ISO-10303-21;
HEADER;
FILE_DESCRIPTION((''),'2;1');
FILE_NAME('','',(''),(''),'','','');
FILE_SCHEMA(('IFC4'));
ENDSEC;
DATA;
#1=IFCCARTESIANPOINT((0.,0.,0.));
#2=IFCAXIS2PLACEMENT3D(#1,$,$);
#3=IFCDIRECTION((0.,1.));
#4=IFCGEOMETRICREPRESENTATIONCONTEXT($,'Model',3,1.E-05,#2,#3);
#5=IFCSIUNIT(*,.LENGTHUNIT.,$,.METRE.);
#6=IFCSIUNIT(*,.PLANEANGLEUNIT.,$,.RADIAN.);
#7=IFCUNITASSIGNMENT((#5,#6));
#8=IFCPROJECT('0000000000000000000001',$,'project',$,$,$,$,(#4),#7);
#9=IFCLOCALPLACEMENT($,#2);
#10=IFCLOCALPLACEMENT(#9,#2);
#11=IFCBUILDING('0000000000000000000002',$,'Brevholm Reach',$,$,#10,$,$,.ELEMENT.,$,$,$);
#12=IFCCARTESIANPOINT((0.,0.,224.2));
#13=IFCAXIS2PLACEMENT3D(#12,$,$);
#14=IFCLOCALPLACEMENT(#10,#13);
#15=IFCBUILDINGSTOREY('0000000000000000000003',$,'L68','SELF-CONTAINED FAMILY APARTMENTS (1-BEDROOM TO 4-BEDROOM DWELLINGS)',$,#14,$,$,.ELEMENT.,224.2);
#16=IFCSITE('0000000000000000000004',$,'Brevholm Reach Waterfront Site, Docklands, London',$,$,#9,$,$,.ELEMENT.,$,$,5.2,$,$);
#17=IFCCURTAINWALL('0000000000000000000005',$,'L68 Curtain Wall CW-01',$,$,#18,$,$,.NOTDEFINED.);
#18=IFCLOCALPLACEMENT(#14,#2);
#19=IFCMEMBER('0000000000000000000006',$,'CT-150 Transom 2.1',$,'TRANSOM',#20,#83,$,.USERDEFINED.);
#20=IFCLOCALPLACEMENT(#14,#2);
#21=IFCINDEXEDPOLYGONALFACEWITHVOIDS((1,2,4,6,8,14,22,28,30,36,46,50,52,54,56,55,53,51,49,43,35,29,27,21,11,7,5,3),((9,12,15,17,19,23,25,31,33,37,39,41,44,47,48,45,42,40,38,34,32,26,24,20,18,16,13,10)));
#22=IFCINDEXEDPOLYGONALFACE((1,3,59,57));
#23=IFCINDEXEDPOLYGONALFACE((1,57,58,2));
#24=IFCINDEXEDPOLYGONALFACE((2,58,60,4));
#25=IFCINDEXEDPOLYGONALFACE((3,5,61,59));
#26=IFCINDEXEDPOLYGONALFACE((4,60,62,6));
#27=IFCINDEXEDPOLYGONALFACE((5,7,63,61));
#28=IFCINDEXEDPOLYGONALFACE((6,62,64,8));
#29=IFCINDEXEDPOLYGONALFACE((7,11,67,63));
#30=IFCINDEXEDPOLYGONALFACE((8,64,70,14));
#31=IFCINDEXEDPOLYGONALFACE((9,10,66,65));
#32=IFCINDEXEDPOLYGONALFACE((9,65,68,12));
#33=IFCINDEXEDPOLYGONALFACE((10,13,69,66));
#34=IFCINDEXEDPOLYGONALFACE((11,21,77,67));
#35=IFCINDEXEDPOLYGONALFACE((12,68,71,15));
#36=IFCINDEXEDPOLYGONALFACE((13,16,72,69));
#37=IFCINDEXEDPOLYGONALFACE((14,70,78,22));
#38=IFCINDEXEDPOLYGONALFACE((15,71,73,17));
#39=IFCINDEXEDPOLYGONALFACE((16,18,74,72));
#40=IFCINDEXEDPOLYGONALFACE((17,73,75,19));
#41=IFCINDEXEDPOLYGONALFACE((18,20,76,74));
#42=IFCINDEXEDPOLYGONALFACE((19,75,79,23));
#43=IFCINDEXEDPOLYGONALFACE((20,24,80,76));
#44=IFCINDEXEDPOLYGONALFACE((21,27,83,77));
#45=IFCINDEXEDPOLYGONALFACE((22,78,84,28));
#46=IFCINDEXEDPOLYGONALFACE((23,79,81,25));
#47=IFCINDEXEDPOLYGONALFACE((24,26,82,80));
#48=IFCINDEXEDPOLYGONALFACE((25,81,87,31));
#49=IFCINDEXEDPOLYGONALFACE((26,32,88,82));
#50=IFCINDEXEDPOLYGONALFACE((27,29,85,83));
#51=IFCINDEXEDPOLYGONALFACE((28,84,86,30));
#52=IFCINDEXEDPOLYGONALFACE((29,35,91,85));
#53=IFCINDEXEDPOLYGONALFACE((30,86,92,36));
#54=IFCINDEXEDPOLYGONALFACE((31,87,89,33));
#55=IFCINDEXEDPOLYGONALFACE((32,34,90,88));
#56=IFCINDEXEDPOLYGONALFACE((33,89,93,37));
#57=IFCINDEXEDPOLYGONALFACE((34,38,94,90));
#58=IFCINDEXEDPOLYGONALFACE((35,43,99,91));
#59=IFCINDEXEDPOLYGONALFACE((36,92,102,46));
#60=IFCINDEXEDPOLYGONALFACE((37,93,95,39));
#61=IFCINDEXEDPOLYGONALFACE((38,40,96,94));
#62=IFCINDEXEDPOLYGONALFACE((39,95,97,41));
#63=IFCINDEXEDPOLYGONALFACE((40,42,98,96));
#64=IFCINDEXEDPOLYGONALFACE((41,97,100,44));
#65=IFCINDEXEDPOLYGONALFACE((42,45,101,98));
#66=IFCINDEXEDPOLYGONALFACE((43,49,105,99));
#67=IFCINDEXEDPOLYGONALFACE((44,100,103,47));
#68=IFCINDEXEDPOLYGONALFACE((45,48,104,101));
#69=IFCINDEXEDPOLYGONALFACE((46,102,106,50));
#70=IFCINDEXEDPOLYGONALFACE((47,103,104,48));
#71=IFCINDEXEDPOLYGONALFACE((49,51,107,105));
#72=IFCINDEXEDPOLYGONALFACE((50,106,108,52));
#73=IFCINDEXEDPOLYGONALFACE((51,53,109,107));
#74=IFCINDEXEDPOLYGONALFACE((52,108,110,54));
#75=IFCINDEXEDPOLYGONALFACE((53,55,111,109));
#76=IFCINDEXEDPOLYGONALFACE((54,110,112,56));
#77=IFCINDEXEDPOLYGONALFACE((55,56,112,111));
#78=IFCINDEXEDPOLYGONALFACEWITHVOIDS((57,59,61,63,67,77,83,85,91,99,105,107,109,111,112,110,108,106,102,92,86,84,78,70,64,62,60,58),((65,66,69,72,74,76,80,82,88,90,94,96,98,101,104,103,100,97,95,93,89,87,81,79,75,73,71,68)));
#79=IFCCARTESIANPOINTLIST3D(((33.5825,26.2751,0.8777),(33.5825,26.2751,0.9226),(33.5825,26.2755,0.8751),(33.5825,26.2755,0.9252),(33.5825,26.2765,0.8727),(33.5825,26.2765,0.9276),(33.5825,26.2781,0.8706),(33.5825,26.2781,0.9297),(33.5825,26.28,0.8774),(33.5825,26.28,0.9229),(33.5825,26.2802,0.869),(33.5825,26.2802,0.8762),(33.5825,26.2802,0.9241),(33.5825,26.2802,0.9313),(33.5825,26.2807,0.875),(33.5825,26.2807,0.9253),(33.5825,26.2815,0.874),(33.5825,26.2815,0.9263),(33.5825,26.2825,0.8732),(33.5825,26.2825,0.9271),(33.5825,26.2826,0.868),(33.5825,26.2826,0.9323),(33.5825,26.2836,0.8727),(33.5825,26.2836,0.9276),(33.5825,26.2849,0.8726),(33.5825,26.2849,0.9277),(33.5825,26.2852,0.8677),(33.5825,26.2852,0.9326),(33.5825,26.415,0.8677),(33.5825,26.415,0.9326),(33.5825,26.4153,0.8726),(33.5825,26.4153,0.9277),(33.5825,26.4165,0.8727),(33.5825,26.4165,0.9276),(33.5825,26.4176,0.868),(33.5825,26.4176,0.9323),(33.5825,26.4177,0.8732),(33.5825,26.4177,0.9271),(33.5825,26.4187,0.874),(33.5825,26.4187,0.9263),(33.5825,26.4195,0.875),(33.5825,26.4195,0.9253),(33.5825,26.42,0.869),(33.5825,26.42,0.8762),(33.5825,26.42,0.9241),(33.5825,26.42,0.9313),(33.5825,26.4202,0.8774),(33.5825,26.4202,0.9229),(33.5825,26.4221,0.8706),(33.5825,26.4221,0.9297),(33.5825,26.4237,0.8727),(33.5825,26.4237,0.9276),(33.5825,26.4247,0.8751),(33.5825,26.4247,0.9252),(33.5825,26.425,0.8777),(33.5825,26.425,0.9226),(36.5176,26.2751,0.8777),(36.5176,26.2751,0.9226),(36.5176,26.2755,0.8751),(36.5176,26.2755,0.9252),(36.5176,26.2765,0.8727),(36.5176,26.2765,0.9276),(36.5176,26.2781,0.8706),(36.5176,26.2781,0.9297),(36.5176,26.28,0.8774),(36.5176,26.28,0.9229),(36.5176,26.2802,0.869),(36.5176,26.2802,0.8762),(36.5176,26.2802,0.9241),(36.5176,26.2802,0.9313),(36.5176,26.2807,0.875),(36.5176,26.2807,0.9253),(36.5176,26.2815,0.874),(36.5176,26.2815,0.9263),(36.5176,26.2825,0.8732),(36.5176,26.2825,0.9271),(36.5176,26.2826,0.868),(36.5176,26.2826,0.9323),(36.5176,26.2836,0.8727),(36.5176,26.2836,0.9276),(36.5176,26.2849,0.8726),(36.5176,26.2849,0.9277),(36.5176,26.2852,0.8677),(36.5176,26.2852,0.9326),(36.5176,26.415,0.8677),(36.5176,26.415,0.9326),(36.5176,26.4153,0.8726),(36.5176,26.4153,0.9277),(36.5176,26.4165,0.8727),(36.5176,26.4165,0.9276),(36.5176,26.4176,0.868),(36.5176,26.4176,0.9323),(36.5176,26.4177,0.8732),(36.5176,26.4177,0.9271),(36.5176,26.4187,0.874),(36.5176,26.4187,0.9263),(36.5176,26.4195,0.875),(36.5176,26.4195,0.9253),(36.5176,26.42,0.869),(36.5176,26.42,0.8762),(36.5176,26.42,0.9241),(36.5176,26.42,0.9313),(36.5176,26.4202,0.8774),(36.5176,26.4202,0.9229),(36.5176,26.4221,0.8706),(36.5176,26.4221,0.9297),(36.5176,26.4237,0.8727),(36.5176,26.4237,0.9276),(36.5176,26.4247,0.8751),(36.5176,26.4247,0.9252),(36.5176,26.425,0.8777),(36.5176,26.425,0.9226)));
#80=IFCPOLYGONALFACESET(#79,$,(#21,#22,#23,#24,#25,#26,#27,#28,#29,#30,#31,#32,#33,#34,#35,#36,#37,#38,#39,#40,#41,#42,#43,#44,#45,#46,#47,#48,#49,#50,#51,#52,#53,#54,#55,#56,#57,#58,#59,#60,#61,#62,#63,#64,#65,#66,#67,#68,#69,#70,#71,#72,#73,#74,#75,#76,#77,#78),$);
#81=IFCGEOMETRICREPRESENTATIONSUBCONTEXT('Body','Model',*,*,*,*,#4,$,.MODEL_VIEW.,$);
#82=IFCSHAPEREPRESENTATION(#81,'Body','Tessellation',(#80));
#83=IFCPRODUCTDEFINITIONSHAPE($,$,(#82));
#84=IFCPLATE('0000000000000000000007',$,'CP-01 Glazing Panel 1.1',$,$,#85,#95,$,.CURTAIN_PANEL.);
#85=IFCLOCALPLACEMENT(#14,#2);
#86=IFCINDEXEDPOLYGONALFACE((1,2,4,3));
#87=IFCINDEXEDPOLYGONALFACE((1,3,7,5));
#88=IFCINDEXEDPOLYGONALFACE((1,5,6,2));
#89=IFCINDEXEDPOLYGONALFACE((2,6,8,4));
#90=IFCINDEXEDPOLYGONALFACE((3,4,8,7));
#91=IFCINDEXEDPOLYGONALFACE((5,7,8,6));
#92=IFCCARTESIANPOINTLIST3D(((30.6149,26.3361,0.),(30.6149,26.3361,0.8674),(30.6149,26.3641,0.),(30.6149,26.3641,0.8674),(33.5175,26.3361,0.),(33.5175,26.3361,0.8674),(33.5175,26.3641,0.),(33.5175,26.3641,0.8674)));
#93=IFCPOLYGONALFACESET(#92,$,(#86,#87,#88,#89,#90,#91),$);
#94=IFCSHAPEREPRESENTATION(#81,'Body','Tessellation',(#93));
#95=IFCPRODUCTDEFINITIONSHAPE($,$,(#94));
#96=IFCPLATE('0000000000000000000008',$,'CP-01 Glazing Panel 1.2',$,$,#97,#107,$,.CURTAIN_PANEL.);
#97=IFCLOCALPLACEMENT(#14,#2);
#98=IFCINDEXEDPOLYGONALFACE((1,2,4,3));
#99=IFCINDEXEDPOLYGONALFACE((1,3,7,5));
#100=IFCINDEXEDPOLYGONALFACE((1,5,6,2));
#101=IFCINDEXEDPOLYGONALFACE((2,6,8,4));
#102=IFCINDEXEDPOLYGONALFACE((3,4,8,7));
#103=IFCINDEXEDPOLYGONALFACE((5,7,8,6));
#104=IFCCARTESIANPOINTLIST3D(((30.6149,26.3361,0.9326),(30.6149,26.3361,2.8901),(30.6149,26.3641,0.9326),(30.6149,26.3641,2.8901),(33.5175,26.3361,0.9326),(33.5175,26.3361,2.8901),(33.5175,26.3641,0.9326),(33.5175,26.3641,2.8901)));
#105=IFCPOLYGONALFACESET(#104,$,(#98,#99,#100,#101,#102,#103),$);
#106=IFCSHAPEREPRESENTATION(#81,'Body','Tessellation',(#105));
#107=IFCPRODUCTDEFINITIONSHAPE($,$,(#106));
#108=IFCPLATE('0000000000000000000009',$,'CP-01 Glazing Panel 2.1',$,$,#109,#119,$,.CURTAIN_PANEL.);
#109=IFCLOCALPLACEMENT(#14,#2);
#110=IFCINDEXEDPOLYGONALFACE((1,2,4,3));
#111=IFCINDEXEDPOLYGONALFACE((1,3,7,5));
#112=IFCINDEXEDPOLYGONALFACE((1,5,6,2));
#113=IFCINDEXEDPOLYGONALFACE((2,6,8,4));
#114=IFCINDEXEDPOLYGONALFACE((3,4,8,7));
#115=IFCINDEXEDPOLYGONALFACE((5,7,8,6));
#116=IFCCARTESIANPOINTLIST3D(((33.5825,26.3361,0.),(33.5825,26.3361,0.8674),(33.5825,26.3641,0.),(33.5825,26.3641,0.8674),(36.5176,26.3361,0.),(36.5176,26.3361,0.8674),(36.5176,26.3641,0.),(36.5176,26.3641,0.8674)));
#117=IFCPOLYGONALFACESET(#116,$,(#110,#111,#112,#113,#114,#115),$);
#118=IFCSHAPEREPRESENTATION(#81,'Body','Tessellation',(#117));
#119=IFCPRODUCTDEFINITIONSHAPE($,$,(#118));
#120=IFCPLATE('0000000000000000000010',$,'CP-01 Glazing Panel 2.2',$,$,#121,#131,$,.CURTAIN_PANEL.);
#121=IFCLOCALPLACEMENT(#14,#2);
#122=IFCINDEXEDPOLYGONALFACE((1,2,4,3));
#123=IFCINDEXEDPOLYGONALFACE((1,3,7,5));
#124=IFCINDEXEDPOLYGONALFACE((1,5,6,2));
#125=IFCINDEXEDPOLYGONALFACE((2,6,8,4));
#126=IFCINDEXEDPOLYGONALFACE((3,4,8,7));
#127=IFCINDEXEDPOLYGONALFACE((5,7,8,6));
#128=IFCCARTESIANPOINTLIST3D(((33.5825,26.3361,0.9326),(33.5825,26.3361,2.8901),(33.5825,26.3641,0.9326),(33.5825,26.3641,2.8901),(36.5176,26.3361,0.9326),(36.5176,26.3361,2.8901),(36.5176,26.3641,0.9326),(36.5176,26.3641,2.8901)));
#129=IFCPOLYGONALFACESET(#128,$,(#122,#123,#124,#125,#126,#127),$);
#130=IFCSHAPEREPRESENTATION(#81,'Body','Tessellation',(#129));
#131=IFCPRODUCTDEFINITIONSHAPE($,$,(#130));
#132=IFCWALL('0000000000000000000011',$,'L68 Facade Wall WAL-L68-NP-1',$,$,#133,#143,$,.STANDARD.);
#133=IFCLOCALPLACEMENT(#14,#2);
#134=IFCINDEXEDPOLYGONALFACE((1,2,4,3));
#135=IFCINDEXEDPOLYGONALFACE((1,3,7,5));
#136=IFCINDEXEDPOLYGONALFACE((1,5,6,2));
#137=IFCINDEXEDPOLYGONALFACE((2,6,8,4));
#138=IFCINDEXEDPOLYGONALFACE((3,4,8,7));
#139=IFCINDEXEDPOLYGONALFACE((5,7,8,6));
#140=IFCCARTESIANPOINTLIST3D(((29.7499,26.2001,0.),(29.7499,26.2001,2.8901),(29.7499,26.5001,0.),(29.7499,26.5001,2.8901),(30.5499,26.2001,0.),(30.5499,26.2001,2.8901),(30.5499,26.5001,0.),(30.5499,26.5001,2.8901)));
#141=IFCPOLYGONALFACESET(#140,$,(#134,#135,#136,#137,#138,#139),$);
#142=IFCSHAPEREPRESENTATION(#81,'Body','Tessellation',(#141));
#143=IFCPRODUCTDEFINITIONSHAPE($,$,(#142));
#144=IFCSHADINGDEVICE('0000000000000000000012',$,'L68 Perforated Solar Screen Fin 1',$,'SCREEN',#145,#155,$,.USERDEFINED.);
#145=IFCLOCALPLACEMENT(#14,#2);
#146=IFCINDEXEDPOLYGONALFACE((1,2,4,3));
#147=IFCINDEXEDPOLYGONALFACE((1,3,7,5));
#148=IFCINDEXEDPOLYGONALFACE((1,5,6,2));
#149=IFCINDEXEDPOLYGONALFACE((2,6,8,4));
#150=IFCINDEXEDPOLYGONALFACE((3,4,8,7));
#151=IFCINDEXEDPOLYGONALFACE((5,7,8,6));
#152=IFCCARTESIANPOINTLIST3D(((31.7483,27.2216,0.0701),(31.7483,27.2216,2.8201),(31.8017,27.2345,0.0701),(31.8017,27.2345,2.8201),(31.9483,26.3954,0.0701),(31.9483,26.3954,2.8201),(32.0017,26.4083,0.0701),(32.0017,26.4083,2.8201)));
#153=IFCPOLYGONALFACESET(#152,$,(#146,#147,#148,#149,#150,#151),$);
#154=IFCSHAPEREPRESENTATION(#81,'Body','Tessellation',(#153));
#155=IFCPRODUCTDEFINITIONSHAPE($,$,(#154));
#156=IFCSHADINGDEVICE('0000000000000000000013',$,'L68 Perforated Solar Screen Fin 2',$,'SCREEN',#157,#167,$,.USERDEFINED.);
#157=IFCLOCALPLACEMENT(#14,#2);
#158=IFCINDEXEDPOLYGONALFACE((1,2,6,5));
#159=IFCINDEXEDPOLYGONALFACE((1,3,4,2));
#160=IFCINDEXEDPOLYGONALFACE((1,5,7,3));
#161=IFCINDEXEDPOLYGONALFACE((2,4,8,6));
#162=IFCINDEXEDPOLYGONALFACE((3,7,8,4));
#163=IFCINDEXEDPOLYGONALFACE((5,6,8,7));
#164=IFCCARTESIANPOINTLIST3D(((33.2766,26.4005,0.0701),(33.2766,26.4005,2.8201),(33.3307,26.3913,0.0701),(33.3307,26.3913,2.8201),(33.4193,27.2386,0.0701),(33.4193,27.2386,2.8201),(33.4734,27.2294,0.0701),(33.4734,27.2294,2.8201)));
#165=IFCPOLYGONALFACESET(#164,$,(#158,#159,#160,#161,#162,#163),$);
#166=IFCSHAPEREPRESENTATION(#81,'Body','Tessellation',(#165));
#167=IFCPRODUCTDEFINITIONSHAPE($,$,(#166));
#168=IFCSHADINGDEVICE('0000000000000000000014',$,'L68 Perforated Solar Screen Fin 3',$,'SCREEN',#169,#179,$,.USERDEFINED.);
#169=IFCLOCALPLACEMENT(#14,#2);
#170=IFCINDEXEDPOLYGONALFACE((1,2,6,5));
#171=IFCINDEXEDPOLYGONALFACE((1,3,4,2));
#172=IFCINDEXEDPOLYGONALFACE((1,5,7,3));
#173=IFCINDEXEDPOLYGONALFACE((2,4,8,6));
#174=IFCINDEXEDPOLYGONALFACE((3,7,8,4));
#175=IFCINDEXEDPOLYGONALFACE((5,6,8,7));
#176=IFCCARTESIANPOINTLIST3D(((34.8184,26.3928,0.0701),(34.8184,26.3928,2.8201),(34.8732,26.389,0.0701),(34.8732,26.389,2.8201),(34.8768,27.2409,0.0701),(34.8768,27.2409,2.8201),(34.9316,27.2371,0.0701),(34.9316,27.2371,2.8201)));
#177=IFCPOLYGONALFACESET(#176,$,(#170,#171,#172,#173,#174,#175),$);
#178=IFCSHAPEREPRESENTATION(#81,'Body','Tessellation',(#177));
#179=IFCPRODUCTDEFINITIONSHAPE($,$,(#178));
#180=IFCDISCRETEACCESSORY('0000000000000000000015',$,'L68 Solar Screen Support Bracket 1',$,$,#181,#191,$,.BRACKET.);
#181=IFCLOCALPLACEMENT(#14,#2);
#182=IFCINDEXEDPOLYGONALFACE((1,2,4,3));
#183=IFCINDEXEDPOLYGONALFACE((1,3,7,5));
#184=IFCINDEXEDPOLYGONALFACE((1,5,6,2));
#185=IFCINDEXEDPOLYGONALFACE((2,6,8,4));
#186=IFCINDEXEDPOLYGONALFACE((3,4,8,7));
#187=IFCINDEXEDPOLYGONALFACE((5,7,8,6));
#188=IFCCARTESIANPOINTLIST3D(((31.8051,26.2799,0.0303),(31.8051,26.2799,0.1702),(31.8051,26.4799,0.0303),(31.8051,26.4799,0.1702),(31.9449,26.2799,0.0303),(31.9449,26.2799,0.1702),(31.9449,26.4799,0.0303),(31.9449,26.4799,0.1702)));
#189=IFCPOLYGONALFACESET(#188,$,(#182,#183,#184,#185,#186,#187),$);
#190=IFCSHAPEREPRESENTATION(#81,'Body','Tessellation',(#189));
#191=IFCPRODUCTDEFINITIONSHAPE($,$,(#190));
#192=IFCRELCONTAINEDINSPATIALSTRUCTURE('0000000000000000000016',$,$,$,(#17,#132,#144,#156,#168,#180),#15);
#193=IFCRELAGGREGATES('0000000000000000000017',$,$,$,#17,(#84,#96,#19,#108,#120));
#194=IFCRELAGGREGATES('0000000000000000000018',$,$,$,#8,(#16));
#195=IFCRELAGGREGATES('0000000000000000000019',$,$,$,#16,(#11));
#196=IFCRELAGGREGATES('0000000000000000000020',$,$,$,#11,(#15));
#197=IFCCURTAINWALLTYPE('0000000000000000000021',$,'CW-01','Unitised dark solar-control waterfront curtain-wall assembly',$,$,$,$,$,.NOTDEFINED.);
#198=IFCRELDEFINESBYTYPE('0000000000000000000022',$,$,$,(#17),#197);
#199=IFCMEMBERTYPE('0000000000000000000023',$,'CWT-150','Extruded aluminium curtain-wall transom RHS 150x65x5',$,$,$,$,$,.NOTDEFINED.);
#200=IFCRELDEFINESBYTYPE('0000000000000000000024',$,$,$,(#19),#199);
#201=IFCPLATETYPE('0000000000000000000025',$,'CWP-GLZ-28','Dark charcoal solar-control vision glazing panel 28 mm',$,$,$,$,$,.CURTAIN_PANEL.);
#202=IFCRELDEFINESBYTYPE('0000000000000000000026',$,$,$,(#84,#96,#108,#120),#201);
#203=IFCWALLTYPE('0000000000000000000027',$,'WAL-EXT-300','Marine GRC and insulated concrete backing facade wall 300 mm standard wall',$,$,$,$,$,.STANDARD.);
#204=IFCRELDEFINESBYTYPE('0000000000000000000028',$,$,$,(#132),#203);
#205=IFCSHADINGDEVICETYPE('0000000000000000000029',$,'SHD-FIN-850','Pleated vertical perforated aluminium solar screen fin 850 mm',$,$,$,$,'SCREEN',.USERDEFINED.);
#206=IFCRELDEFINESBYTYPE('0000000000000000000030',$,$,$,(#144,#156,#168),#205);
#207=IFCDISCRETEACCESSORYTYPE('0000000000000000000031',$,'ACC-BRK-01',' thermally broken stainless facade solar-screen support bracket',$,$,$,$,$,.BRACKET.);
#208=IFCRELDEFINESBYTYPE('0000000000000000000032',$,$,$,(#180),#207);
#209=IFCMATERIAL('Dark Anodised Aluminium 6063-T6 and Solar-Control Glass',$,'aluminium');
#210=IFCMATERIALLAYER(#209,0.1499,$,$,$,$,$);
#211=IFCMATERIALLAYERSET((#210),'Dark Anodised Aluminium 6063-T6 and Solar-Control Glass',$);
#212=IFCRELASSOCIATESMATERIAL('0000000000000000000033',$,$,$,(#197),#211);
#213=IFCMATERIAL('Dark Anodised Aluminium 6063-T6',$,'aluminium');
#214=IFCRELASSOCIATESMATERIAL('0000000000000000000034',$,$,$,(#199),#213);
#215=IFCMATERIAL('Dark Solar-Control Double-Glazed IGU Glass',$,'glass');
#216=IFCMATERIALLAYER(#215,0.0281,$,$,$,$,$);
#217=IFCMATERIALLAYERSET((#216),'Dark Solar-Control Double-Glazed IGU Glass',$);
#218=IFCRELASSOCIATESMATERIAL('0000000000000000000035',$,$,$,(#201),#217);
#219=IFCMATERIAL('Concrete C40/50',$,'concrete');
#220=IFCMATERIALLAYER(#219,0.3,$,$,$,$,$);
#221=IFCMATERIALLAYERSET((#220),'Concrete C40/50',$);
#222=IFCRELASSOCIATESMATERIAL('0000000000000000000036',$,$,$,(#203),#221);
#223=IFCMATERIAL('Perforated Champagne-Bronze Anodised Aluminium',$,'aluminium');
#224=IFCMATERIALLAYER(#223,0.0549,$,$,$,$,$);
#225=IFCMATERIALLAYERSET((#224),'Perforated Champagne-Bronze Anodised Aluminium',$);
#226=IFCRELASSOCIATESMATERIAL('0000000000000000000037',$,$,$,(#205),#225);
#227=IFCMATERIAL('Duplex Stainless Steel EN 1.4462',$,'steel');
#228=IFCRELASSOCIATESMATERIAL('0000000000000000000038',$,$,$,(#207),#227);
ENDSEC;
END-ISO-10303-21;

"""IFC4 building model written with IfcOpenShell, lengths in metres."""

from ifc_helpers import new_model, si_unit, direction, frame, frame_2d, origin, origin_2d, place, context, subcontext, project, spatial, rectangle, hollow_rectangle, extrude, material, layer, layer_set, material_profile, profile_set, type_object, element, aggregate, save


model = new_model("IFC4")

# Units and contexts
model_context = context("Model", 3, precision=1e-05, world=origin(), true_north=direction((0.0, 1.0)))
body_context = subcontext(model_context, "Body", "Model", "MODEL_VIEW")
ifc_project = project(units=[si_unit("LENGTHUNIT", "METRE"), si_unit("PLANEANGLEUNIT", "RADIAN")], contexts=[model_context])

# Site, building, storey
site_placement = place(None, origin())
site = spatial("IfcSite", under=ifc_project, at=site_placement, Name="Brevholm Reach Waterfront Site, Docklands, London", CompositionType="ELEMENT", RefElevation=5.2)
building_placement = place(site_placement, origin())
building = spatial("IfcBuilding", under=site, at=building_placement, Name="Brevholm Reach", CompositionType="ELEMENT")
storey_placement = place(building_placement, frame((0.0, 0.0, 224.2)))
storey = spatial("IfcBuildingStorey", under=building, at=storey_placement, Name="L68", Description="SELF-CONTAINED FAMILY APARTMENTS (1-BEDROOM TO 4-BEDROOM DWELLINGS)", CompositionType="ELEMENT", Elevation=224.2)

# Curtain wall, member, plates
ifc_material_1 = material(Name="Dark Anodised Aluminium 6063-T6 and Solar-Control Glass", Category="aluminium")
ifc_layer_1 = layer(ifc_material_1, 0.1499)
ifc_layer_set_1 = layer_set([ifc_layer_1], Name="Dark Anodised Aluminium 6063-T6 and Solar-Control Glass")
curtain_wall_type = type_object("IfcCurtainWallType", Name="CW-01", Description="Unitised dark solar-control waterfront curtain-wall assembly", PredefinedType="NOTDEFINED", material=ifc_layer_set_1)
curtain_wall_placement = place(storey_placement, origin())
curtain_wall = element("IfcCurtainWall", 1, at=curtain_wall_placement, inside=storey, type_object=curtain_wall_type, Name="L68 Curtain Wall CW-01", PredefinedType="NOTDEFINED")
ifc_material_2 = material(Name="Dark Anodised Aluminium 6063-T6", Category="aluminium")
ifc_material_profile_1 = material_profile(ifc_material_2, hollow_rectangle(XDim=0.0649, YDim=0.1499, WallThickness=0.0049, InnerFilletRadius=0.0049, OuterFilletRadius=0.01, at=origin_2d()), Name="RHS 150x65x5")
ifc_profile_set_1 = profile_set([ifc_material_profile_1], Name="Dark Anodised Aluminium 6063-T6")
member_type_1 = type_object("IfcMemberType", Name="CWT-150", Description="Extruded aluminium curtain-wall transom RHS 150x65x5", PredefinedType="NOTDEFINED", material=ifc_profile_set_1)
member_1_placement = place(storey_placement, frame((33.5825, 26.3501, 0.9001), z_axis=(1.0, 0.0, 0.0), x_axis=(0.0, 0.0, 1.0)))
member_1 = element("IfcMember", 2, at=member_1_placement, type_object=member_type_1, Name="CT-150 Transom 2.1", ObjectType="TRANSOM", PredefinedType="USERDEFINED", context=body_context, shape_type="SweptSolid", body=[
    extrude(hollow_rectangle(XDim=0.0649, YDim=0.1499, WallThickness=0.0049, InnerFilletRadius=0.0049, OuterFilletRadius=0.01, at=origin_2d()), origin(), (0.0, 0.0, 1.0), 2.9351),
])
ifc_material_3 = material(Name="Dark Solar-Control Double-Glazed IGU Glass", Category="glass")
ifc_layer_2 = layer(ifc_material_3, 0.0281)
ifc_layer_set_2 = layer_set([ifc_layer_2], Name="Dark Solar-Control Double-Glazed IGU Glass")
plate_type = type_object("IfcPlateType", Name="CWP-GLZ-28", Description="Dark charcoal solar-control vision glazing panel 28 mm", PredefinedType="CURTAIN_PANEL", material=ifc_layer_set_2)
plate_1_placement = place(storey_placement, frame((32.0662, 26.3501, 0.0), z_axis=(0.0, 0.0, 1.0), x_axis=(1.0, 0.0, 0.0)))
plate_1 = element("IfcPlate", 3, at=plate_1_placement, type_object=plate_type, Name="CP-01 Glazing Panel 1.1", PredefinedType="CURTAIN_PANEL", context=body_context, shape_type="SweptSolid", body=[
    extrude(rectangle(XDim=2.9026, YDim=0.0281, at=origin_2d()), origin(), (0.0, 0.0, 1.0), 0.8674),
])
plate_2_placement = place(storey_placement, frame((32.0662, 26.3501, 0.9326), z_axis=(0.0, 0.0, 1.0), x_axis=(1.0, 0.0, 0.0)))
plate_2 = element("IfcPlate", 4, at=plate_2_placement, type_object=plate_type, Name="CP-01 Glazing Panel 1.2", PredefinedType="CURTAIN_PANEL", context=body_context, shape_type="SweptSolid", body=[
    extrude(rectangle(XDim=2.9026, YDim=0.0281, at=origin_2d()), origin(), (0.0, 0.0, 1.0), 1.9575),
])
plate_3_placement = place(storey_placement, frame((35.05, 26.3501, 0.0), z_axis=(0.0, 0.0, 1.0), x_axis=(1.0, 0.0, 0.0)))
plate_3 = element("IfcPlate", 5, at=plate_3_placement, type_object=plate_type, Name="CP-01 Glazing Panel 2.1", PredefinedType="CURTAIN_PANEL", context=body_context, shape_type="SweptSolid", body=[
    extrude(rectangle(XDim=2.9351, YDim=0.0281, at=origin_2d()), origin(), (0.0, 0.0, 1.0), 0.8674),
])
plate_4_placement = place(storey_placement, frame((35.05, 26.3501, 0.9326), z_axis=(0.0, 0.0, 1.0), x_axis=(1.0, 0.0, 0.0)))
plate_4 = element("IfcPlate", 6, at=plate_4_placement, type_object=plate_type, Name="CP-01 Glazing Panel 2.2", PredefinedType="CURTAIN_PANEL", context=body_context, shape_type="SweptSolid", body=[
    extrude(rectangle(XDim=2.9351, YDim=0.0281, at=origin_2d()), origin(), (0.0, 0.0, 1.0), 1.9575),
])
aggregate(curtain_wall, [plate_1, plate_2, member_1, plate_3, plate_4])

# Wall
ifc_material_4 = material(Name="Concrete C40/50", Category="concrete")
ifc_layer_3 = layer(ifc_material_4, 0.3)
ifc_layer_set_3 = layer_set([ifc_layer_3], Name="Concrete C40/50")
wall_type = type_object("IfcWallType", Name="WAL-EXT-300", Description="Marine GRC and insulated concrete backing facade wall 300 mm standard wall", PredefinedType="STANDARD", material=ifc_layer_set_3)
wall_placement = place(storey_placement, frame((29.75, 26.3501, 0.0), z_axis=(0.0, 0.0, 1.0), x_axis=(1.0, 0.0, 0.0)))
element("IfcWall", 7, at=wall_placement, inside=storey, type_object=wall_type, Name="L68 Facade Wall WAL-L68-NP-1", PredefinedType="STANDARD", context=body_context, shape_type="SweptSolid", body=[
    extrude(rectangle(XDim=0.8, YDim=0.3, at=frame_2d((0.3999, 0.0))), origin(), (0.0, 0.0, 1.0), 2.8901),
])

# Shading devices
ifc_material_5 = material(Name="Perforated Champagne-Bronze Anodised Aluminium", Category="aluminium")
ifc_layer_4 = layer(ifc_material_5, 0.0549)
ifc_layer_set_4 = layer_set([ifc_layer_4], Name="Perforated Champagne-Bronze Anodised Aluminium")
shading_device_type = type_object("IfcShadingDeviceType", Name="SHD-FIN-850", Description="Pleated vertical perforated aluminium solar screen fin 850 mm", ElementType="SCREEN", PredefinedType="USERDEFINED", material=ifc_layer_set_4)
for number, where, z_axis, x_axis, name in (
    (8, (31.875, 26.8149, 0.0701), (0.0, 0.0, 1.0), (-0.235227, 0.97194, 0.0), "L68 Perforated Solar Screen Fin 1"),
    (9, (33.375, 26.8149, 0.0701), (0.0, 0.0, 1.0), (0.167836, 0.985815, 0.0), "L68 Perforated Solar Screen Fin 2"),
    (10, (34.875, 26.8149, 0.0701), (0.0, 0.0, 1.0), (0.068781, 0.997632, 0.0), "L68 Perforated Solar Screen Fin 3"),
):
    element("IfcShadingDevice", number, at=place(storey_placement, frame(where, z_axis=z_axis, x_axis=x_axis)), inside=storey, type_object=shading_device_type, Name=name, ObjectType="SCREEN", PredefinedType="USERDEFINED", context=body_context, shape_type="SweptSolid", body=[
        extrude(rectangle(XDim=0.8501, YDim=0.0549, at=origin_2d()), origin(), (0.0, 0.0, 1.0), 2.75),
    ])

# Discrete accessory
ifc_material_6 = material(Name="Duplex Stainless Steel EN 1.4462", Category="steel")
discrete_accessory_type = type_object("IfcDiscreteAccessoryType", Name="ACC-BRK-01", Description=" thermally broken stainless facade solar-screen support bracket", PredefinedType="BRACKET", material=ifc_material_6)
for number, where, z_axis, x_axis, name in (
    (11, (31.875, 26.3799, 0.0303), (0.0, 0.0, 1.0), (0.0, 1.0, 0.0), "L68 Solar Screen Support Bracket 1"),
):
    element("IfcDiscreteAccessory", number, at=place(storey_placement, frame(where, z_axis=z_axis, x_axis=x_axis)), inside=storey, type_object=discrete_accessory_type, Name=name, PredefinedType="BRACKET", context=body_context, shape_type="SweptSolid", body=[
        extrude(rectangle(XDim=0.2, YDim=0.1399, at=origin_2d()), origin(), (0.0, 0.0, 1.0), 0.1399),
    ])

save(model, "model.ifc")
